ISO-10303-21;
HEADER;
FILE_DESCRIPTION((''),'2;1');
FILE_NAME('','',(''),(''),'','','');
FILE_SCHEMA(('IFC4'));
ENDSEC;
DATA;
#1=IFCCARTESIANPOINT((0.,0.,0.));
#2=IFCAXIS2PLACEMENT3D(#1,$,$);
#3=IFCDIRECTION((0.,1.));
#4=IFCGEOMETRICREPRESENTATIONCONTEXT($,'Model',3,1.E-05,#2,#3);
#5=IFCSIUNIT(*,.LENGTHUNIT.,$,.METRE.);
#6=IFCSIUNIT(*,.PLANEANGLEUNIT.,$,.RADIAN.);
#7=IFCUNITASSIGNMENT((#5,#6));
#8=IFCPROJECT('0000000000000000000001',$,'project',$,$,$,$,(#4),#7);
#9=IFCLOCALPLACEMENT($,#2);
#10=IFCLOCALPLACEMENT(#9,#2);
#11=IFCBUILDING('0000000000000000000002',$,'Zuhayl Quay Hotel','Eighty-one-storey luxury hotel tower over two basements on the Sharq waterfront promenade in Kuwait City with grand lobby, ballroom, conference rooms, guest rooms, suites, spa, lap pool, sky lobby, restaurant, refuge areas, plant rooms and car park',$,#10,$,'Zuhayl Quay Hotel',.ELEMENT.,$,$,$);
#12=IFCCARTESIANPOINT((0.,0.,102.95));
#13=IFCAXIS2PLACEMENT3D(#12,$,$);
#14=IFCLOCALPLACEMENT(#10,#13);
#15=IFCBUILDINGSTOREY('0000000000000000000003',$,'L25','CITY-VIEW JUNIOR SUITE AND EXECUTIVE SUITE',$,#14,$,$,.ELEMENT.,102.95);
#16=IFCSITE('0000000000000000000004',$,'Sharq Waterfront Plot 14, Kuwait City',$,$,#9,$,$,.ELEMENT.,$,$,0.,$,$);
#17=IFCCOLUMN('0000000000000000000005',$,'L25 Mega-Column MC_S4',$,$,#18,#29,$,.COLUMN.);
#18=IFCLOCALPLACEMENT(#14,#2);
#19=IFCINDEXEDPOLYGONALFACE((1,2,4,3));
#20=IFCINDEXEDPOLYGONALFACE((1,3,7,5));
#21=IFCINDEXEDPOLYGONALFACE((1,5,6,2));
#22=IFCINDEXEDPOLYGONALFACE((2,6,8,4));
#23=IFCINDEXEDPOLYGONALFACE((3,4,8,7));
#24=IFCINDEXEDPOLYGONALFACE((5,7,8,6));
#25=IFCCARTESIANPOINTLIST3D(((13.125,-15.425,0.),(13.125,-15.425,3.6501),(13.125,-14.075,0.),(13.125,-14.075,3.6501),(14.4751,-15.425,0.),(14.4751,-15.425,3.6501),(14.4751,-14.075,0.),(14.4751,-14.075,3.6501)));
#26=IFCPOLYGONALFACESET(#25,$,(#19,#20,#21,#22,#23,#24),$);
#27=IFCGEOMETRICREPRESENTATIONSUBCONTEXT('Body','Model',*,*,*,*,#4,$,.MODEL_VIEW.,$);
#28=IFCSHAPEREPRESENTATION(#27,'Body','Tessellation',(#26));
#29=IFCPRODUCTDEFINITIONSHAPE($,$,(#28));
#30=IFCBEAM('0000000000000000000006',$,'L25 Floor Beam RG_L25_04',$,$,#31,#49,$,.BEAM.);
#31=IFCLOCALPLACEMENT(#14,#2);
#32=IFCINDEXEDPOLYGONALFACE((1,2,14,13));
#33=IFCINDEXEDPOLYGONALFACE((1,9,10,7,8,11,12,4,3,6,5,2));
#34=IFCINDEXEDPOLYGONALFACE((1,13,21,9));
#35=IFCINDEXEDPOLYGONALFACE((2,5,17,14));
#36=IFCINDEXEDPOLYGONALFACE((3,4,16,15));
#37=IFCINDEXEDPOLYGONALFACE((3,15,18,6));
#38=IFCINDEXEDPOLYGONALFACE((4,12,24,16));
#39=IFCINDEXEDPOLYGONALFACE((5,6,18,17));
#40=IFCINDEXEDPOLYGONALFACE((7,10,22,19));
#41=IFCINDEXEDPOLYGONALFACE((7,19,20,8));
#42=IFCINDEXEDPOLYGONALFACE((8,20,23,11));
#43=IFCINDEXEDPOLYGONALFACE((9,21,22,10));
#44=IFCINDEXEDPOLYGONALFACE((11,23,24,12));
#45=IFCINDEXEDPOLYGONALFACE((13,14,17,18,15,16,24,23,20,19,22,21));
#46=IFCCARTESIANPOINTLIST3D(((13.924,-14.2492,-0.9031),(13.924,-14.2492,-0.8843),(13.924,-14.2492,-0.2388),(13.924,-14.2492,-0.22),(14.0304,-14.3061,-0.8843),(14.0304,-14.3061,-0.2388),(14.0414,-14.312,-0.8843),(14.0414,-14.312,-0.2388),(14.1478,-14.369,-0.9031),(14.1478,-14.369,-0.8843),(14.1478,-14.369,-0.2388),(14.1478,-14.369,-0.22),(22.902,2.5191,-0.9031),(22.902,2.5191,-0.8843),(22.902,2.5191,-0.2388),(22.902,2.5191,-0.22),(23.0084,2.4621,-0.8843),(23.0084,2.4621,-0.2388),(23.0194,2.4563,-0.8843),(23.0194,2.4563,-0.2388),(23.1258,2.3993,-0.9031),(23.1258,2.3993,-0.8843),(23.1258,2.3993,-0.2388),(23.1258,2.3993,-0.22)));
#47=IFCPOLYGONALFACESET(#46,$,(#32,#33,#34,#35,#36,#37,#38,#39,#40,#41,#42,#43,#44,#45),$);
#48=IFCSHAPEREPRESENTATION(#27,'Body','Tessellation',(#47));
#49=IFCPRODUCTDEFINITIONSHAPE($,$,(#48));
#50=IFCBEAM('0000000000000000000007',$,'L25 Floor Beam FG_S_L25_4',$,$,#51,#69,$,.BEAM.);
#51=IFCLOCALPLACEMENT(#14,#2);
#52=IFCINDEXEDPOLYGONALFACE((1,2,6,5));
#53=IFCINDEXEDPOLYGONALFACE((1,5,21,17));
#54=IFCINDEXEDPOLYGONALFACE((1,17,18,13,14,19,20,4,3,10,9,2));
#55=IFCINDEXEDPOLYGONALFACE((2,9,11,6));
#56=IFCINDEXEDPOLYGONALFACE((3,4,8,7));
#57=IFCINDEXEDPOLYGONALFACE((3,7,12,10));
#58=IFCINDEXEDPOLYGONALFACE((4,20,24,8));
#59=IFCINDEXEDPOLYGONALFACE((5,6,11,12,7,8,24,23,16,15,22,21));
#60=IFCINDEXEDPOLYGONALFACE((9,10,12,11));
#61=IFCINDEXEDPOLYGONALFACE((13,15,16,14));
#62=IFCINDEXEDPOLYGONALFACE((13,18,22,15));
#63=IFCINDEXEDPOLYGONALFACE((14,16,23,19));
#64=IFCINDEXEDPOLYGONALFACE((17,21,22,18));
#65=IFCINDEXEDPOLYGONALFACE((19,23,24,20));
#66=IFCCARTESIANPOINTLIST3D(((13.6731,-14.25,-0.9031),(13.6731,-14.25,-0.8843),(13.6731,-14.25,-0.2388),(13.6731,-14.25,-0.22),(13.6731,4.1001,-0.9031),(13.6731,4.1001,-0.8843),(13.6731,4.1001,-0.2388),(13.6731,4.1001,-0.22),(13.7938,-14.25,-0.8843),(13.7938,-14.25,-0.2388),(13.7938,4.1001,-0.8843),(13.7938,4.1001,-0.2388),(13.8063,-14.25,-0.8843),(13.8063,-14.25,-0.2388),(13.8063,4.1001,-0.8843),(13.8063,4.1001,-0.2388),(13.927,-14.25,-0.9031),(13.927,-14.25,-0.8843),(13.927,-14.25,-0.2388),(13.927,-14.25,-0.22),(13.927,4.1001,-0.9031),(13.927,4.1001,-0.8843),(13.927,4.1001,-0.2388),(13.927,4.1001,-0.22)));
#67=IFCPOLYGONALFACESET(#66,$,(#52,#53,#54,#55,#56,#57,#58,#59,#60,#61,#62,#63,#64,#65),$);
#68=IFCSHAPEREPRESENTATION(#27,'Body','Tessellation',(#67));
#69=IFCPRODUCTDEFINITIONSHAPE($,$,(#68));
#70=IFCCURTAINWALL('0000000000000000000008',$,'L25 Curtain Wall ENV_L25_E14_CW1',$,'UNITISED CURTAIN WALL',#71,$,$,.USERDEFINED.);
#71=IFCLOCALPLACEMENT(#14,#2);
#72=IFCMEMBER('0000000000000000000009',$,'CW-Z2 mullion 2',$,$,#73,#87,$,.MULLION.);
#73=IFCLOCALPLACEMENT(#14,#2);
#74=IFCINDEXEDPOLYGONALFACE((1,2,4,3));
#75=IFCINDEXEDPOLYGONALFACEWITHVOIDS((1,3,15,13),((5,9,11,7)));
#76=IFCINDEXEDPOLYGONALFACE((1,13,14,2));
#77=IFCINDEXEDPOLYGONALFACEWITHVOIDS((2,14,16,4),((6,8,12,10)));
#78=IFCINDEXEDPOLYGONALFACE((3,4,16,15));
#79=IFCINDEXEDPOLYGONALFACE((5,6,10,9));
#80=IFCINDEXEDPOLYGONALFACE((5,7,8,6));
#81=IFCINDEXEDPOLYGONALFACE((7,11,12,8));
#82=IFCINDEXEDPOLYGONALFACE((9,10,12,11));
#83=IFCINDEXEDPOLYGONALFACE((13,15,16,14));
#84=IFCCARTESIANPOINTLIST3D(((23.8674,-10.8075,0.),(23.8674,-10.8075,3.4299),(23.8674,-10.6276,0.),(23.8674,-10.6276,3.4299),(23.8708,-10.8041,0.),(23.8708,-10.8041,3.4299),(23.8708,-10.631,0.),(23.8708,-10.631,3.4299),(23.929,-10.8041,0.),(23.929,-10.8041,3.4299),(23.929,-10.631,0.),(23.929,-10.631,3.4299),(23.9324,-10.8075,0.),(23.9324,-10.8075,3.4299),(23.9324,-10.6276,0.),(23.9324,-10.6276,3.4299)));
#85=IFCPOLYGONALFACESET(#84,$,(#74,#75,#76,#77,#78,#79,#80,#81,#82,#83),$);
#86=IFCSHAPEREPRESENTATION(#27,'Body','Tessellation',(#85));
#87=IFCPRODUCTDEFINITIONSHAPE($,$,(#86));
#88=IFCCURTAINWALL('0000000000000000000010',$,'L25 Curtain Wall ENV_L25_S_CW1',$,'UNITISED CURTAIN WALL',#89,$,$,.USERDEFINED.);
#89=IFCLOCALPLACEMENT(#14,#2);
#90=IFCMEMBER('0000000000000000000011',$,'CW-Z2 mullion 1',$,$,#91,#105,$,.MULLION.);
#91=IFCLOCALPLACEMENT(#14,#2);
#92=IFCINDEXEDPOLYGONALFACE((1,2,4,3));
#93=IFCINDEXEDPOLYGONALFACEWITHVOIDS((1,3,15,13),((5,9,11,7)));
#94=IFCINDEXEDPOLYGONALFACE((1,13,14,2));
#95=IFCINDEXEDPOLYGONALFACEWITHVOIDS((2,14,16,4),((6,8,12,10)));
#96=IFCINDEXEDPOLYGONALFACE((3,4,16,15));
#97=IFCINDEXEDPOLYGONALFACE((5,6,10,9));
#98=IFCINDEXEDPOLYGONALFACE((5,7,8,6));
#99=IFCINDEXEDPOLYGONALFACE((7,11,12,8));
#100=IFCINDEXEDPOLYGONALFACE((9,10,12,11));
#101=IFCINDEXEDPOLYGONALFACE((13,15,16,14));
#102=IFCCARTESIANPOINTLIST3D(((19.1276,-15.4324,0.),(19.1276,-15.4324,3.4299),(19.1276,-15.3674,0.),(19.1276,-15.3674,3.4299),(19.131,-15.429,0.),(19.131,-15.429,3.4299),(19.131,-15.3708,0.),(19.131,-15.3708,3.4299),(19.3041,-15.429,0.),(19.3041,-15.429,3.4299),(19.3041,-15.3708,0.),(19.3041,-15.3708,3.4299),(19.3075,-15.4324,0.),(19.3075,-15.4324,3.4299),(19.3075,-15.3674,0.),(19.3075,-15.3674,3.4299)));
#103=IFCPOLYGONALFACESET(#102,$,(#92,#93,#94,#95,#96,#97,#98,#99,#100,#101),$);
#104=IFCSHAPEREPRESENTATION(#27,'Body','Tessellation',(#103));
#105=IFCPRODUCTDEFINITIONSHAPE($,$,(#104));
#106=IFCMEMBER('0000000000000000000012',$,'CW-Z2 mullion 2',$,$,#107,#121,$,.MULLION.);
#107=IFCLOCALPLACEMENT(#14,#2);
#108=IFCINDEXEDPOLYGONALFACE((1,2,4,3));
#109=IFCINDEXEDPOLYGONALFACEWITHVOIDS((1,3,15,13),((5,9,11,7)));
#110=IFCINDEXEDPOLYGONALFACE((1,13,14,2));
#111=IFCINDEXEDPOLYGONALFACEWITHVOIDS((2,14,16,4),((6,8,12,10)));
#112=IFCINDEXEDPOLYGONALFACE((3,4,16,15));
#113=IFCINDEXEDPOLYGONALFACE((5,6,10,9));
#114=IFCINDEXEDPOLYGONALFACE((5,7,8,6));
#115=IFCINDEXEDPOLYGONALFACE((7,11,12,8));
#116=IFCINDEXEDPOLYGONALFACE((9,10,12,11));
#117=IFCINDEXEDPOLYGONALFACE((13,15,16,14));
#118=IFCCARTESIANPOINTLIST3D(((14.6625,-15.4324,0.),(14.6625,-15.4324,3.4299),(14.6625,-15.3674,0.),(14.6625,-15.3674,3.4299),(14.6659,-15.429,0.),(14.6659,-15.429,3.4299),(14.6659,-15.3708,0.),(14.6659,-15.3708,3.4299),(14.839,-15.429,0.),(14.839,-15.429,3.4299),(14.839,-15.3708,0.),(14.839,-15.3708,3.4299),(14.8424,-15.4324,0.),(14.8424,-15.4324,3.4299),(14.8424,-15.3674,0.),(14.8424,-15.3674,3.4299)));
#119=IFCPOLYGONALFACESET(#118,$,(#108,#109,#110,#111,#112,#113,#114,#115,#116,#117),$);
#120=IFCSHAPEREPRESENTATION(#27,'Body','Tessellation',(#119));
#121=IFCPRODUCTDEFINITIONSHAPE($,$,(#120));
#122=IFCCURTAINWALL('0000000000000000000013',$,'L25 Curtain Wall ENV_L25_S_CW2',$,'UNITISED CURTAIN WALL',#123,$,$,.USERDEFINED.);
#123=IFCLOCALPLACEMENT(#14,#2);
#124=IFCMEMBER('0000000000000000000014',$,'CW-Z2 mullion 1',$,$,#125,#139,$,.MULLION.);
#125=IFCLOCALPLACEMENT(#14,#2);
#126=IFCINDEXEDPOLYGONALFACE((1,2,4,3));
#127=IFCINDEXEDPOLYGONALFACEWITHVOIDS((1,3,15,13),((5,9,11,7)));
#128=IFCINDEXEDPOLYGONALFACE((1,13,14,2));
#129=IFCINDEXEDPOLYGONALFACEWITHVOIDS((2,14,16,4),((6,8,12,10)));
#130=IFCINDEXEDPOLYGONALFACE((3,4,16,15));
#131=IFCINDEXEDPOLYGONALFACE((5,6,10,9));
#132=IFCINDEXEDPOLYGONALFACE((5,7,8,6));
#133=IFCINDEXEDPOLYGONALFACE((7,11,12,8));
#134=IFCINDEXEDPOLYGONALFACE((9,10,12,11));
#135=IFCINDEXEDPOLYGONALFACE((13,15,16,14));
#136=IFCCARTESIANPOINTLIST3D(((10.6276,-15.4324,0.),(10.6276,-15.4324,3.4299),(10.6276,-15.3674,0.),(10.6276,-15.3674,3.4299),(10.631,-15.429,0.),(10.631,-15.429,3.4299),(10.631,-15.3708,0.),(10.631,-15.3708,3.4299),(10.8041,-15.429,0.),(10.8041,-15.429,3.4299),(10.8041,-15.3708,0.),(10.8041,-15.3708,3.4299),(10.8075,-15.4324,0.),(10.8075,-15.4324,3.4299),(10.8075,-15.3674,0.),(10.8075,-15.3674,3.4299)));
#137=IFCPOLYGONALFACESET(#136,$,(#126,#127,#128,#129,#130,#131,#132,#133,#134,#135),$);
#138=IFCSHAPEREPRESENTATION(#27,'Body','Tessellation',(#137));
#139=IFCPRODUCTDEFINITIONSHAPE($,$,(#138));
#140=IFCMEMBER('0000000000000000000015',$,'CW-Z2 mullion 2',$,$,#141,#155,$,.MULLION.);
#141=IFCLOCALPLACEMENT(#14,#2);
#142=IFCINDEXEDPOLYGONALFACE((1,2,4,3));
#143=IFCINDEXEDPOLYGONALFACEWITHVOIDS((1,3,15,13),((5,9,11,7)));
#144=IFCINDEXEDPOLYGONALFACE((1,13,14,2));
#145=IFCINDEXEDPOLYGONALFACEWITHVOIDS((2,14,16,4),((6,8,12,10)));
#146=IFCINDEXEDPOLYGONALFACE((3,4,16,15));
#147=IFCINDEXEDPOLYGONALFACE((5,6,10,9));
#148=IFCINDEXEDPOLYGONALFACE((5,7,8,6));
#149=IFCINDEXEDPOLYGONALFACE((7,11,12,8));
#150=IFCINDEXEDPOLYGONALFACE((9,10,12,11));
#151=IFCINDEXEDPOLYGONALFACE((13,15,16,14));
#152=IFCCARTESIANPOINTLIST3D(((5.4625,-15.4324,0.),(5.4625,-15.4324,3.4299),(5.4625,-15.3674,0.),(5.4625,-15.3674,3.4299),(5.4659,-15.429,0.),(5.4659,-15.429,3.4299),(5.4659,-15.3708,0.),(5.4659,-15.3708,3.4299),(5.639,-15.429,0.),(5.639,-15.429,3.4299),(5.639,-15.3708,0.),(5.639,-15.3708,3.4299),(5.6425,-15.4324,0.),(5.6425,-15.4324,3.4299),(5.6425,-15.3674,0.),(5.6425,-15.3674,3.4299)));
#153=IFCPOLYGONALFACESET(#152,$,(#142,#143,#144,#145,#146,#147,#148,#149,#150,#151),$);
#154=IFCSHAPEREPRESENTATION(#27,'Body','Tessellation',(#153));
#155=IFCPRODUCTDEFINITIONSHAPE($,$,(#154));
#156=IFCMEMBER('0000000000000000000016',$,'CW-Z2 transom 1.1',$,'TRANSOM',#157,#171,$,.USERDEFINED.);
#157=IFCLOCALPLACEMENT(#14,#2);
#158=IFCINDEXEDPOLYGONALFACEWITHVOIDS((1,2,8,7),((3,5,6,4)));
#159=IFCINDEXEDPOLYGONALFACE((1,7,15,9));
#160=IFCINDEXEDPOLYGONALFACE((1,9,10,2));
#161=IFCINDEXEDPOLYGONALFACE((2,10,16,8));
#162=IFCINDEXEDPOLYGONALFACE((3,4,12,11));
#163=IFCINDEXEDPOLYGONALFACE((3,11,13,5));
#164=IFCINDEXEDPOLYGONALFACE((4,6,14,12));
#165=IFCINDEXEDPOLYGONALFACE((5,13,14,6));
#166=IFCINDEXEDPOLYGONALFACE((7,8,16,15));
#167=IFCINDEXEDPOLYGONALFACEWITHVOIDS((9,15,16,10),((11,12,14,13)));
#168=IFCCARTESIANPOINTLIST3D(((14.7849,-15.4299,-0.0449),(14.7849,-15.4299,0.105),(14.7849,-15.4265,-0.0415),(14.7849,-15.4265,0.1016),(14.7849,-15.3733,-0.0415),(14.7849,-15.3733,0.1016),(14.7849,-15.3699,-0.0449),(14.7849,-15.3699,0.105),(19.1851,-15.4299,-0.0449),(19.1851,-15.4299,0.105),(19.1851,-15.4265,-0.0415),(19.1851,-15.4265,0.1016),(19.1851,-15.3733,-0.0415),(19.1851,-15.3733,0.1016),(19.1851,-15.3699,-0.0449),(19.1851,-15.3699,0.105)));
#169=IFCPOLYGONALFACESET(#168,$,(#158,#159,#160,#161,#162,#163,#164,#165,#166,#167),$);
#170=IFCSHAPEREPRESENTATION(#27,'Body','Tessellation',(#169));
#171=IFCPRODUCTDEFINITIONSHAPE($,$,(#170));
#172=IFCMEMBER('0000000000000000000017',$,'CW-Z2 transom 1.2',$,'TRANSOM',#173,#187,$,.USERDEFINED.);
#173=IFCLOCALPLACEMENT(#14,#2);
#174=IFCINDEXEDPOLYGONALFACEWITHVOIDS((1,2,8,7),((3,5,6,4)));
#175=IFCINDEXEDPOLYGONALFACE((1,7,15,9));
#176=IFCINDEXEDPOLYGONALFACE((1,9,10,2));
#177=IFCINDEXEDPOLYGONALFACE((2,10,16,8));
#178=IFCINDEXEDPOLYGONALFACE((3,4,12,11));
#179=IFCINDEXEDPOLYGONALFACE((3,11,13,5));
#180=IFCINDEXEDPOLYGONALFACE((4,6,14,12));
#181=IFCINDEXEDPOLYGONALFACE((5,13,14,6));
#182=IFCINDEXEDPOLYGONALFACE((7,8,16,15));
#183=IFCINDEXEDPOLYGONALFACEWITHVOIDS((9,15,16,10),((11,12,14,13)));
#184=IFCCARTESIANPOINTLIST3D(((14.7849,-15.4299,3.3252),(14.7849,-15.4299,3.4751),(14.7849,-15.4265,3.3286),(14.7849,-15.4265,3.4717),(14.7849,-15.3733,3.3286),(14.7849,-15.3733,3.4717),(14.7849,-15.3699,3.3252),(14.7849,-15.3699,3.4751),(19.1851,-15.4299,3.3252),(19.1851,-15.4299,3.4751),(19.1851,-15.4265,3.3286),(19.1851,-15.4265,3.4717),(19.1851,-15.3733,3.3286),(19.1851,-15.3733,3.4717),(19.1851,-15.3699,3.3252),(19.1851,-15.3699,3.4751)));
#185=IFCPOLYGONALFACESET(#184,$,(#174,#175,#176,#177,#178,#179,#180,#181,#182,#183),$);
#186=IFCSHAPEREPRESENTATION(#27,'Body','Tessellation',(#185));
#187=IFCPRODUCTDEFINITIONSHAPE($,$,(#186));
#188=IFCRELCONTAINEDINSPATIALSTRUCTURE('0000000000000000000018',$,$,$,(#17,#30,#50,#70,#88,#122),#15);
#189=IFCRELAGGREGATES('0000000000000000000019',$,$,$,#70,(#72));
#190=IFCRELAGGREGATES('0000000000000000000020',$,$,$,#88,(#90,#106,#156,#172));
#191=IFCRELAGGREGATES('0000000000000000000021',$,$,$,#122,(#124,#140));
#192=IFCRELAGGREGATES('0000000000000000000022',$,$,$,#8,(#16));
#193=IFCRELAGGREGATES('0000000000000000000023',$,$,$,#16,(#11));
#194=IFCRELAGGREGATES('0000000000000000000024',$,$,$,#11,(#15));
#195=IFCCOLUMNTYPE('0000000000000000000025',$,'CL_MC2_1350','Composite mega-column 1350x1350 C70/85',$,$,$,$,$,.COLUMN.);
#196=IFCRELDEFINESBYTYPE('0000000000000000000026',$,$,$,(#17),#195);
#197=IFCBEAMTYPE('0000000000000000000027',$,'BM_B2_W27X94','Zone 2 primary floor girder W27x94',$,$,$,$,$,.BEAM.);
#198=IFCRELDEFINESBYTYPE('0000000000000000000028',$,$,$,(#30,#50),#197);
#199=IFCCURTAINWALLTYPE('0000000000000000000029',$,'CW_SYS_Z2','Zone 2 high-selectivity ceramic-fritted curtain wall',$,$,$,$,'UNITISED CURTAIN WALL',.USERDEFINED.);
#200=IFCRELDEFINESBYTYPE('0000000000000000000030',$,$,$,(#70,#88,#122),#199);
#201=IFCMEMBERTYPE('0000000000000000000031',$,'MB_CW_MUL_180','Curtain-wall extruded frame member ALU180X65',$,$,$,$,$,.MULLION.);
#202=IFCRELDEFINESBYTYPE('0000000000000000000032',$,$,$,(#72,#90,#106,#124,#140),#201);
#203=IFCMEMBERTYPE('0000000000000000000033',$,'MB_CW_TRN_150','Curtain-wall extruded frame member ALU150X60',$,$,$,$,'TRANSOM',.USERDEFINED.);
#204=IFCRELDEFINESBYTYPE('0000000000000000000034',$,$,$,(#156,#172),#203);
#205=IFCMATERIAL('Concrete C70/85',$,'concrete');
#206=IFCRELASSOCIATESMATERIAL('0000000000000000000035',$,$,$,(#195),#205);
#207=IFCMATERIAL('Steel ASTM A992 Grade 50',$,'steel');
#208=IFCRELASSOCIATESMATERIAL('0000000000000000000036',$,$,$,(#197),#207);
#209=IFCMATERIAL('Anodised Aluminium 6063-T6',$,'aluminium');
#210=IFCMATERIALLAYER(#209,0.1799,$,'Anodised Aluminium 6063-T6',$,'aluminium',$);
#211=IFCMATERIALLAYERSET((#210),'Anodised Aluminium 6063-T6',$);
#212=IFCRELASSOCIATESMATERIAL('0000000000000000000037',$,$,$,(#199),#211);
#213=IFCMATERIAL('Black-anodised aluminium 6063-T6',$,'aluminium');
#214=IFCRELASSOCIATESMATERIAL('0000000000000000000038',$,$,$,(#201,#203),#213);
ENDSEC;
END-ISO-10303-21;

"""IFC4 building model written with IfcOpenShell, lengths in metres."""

from ifc_helpers import new_model, si_unit, direction, frame, origin, origin_2d, place, context, subcontext, project, spatial, rectangle, hollow_rectangle, i_section, extrude, material, layer, layer_set, material_profile, profile_set, type_object, element, aggregate, save


model = new_model("IFC4")

# Units and contexts
model_context = context("Model", 3, precision=1e-05, world=origin(), true_north=direction((0.0, 1.0)))
body_context = subcontext(model_context, "Body", "Model", "MODEL_VIEW")
ifc_project = project(units=[si_unit("LENGTHUNIT", "METRE"), si_unit("PLANEANGLEUNIT", "RADIAN")], contexts=[model_context])

# Site, building, storey
site_placement = place(None, origin())
site = spatial("IfcSite", under=ifc_project, at=site_placement, Name="Sharq Waterfront Plot 14, Kuwait City", CompositionType="ELEMENT", RefElevation=0.0)
building_placement = place(site_placement, origin())
building = spatial("IfcBuilding", under=site, at=building_placement, Name="Zuhayl Quay Hotel", Description="Eighty-one-storey luxury hotel tower over two basements on the Sharq waterfront promenade in Kuwait City with grand lobby, ballroom, conference rooms, guest rooms, suites, spa, lap pool, sky lobby, restaurant, refuge areas, plant rooms and car park", LongName="Zuhayl Quay Hotel", CompositionType="ELEMENT")
storey_placement = place(building_placement, frame((0.0, 0.0, 102.95)))
storey = spatial("IfcBuildingStorey", under=building, at=storey_placement, Name="L25", Description="CITY-VIEW JUNIOR SUITE AND EXECUTIVE SUITE", CompositionType="ELEMENT", Elevation=102.95)

# Column
ifc_material_1 = material(Name="Concrete C70/85", Category="concrete")
ifc_material_profile_1 = material_profile(ifc_material_1, rectangle(XDim=1.3501, YDim=1.3501, at=origin_2d()), Name="RC1350X1350")
ifc_profile_set_1 = profile_set([ifc_material_profile_1], Name="Concrete C70/85")
column_type = type_object("IfcColumnType", Name="CL_MC2_1350", Description="Composite mega-column 1350x1350 C70/85", PredefinedType="COLUMN", material=ifc_profile_set_1)
column_placement = place(storey_placement, frame((13.8, -14.75, 0.0), z_axis=(0.0, 0.0, 1.0), x_axis=(1.0, 0.0, 0.0)))
element("IfcColumn", 1, at=column_placement, inside=storey, type_object=column_type, Name="L25 Mega-Column MC_S4", PredefinedType="COLUMN", context=body_context, shape_type="SweptSolid", body=[
    extrude(rectangle(XDim=1.3501, YDim=1.3501, at=origin_2d()), origin(), (0.0, 0.0, 1.0), 3.6501),
])

# Beams
ifc_material_2 = material(Name="Steel ASTM A992 Grade 50", Category="steel")
ifc_material_profile_2 = material_profile(ifc_material_2, i_section(OverallWidth=0.2539, OverallDepth=0.6831, WebThickness=0.0125, FlangeThickness=0.0188, at=origin_2d()), Name="W27X94")
ifc_profile_set_2 = profile_set([ifc_material_profile_2], Name="Steel ASTM A992 Grade 50")
beam_type = type_object("IfcBeamType", Name="BM_B2_W27X94", Description="Zone 2 primary floor girder W27x94", PredefinedType="BEAM", material=ifc_profile_set_2)
beam_1_placement = place(storey_placement, frame((14.0359, -14.3091, -0.5615), z_axis=(0.472017, 0.881589, 0.0), x_axis=(-0.881589, 0.472017, 0.0)))
element("IfcBeam", 2, at=beam_1_placement, inside=storey, type_object=beam_type, Name="L25 Floor Beam RG_L25_04", PredefinedType="BEAM", context=body_context, shape_type="SweptSolid", body=[
    extrude(i_section(OverallWidth=0.2539, OverallDepth=0.6831, WebThickness=0.0125, FlangeThickness=0.0188, at=origin_2d()), origin(), (0.0, 0.0, 1.0), 19.0205),
])
beam_2_placement = place(storey_placement, frame((13.8, -14.25, -0.5615), z_axis=(0.0, 1.0, 0.0), x_axis=(-1.0, 0.0, 0.0)))
element("IfcBeam", 3, at=beam_2_placement, inside=storey, type_object=beam_type, Name="L25 Floor Beam FG_S_L25_4", PredefinedType="BEAM", context=body_context, shape_type="SweptSolid", body=[
    extrude(i_section(OverallWidth=0.2539, OverallDepth=0.6831, WebThickness=0.0125, FlangeThickness=0.0188, at=origin_2d()), origin(), (0.0, 0.0, 1.0), 18.3501),
])

# Curtain wall, member
ifc_material_3 = material(Name="Anodised Aluminium 6063-T6", Category="aluminium")
ifc_layer_1 = layer(ifc_material_3, 0.1799, Name="Anodised Aluminium 6063-T6", Category="aluminium")
ifc_layer_set_1 = layer_set([ifc_layer_1], Name="Anodised Aluminium 6063-T6")
curtain_wall_type = type_object("IfcCurtainWallType", Name="CW_SYS_Z2", Description="Zone 2 high-selectivity ceramic-fritted curtain wall", ElementType="UNITISED CURTAIN WALL", PredefinedType="USERDEFINED", material=ifc_layer_set_1)
curtain_wall_1_placement = place(storey_placement, origin())
curtain_wall_1 = element("IfcCurtainWall", 4, at=curtain_wall_1_placement, inside=storey, type_object=curtain_wall_type, Name="L25 Curtain Wall ENV_L25_E14_CW1", ObjectType="UNITISED CURTAIN WALL", PredefinedType="USERDEFINED")
ifc_material_4 = material(Name="Black-anodised aluminium 6063-T6", Category="aluminium")
ifc_material_profile_3 = material_profile(ifc_material_4, hollow_rectangle(XDim=0.0649, YDim=0.1799, WallThickness=0.0034, at=origin_2d()), Name="ALU180X65")
ifc_profile_set_3 = profile_set([ifc_material_profile_3], Name="Black-anodised aluminium 6063-T6")
member_type_1 = type_object("IfcMemberType", Name="MB_CW_MUL_180", Description="Curtain-wall extruded frame member ALU180X65", PredefinedType="MULLION", material=ifc_profile_set_3)
member_1_placement = place(storey_placement, frame((23.8999, -10.7175, 0.0), z_axis=(0.0, 0.0, 1.0), x_axis=(1.0, 0.0, 0.0)))
member_1 = element("IfcMember", 5, at=member_1_placement, type_object=member_type_1, Name="CW-Z2 mullion 2", PredefinedType="MULLION", context=body_context, shape_type="SweptSolid", body=[
    extrude(hollow_rectangle(XDim=0.0649, YDim=0.1799, WallThickness=0.0034, at=origin_2d()), origin(), (0.0, 0.0, 1.0), 3.4299),
])

# Curtain walls, members
curtain_wall_2_placement = place(storey_placement, origin())
curtain_wall_2 = element("IfcCurtainWall", 6, at=curtain_wall_2_placement, inside=storey, type_object=curtain_wall_type, Name="L25 Curtain Wall ENV_L25_S_CW1", ObjectType="UNITISED CURTAIN WALL", PredefinedType="USERDEFINED")
member_2_placement = place(storey_placement, frame((19.2175, -15.3999, 0.0), z_axis=(0.0, 0.0, 1.0), x_axis=(0.0, -1.0, 0.0)))
member_2 = element("IfcMember", 7, at=member_2_placement, type_object=member_type_1, Name="CW-Z2 mullion 1", PredefinedType="MULLION", context=body_context, shape_type="SweptSolid", body=[
    extrude(hollow_rectangle(XDim=0.0649, YDim=0.1799, WallThickness=0.0034, at=origin_2d()), origin(), (0.0, 0.0, 1.0), 3.4299),
])
member_3_placement = place(storey_placement, frame((14.7524, -15.3999, 0.0), z_axis=(0.0, 0.0, 1.0), x_axis=(0.0, -1.0, 0.0)))
member_3 = element("IfcMember", 8, at=member_3_placement, type_object=member_type_1, Name="CW-Z2 mullion 2", PredefinedType="MULLION", context=body_context, shape_type="SweptSolid", body=[
    extrude(hollow_rectangle(XDim=0.0649, YDim=0.1799, WallThickness=0.0034, at=origin_2d()), origin(), (0.0, 0.0, 1.0), 3.4299),
])
curtain_wall_3_placement = place(storey_placement, origin())
curtain_wall_3 = element("IfcCurtainWall", 9, at=curtain_wall_3_placement, inside=storey, type_object=curtain_wall_type, Name="L25 Curtain Wall ENV_L25_S_CW2", ObjectType="UNITISED CURTAIN WALL", PredefinedType="USERDEFINED")
member_4_placement = place(storey_placement, frame((10.7175, -15.3999, 0.0), z_axis=(0.0, 0.0, 1.0), x_axis=(0.0, -1.0, 0.0)))
member_4 = element("IfcMember", 10, at=member_4_placement, type_object=member_type_1, Name="CW-Z2 mullion 1", PredefinedType="MULLION", context=body_context, shape_type="SweptSolid", body=[
    extrude(hollow_rectangle(XDim=0.0649, YDim=0.1799, WallThickness=0.0034, at=origin_2d()), origin(), (0.0, 0.0, 1.0), 3.4299),
])
member_5_placement = place(storey_placement, frame((5.5525, -15.3999, 0.0), z_axis=(0.0, 0.0, 1.0), x_axis=(0.0, -1.0, 0.0)))
member_5 = element("IfcMember", 11, at=member_5_placement, type_object=member_type_1, Name="CW-Z2 mullion 2", PredefinedType="MULLION", context=body_context, shape_type="SweptSolid", body=[
    extrude(hollow_rectangle(XDim=0.0649, YDim=0.1799, WallThickness=0.0034, at=origin_2d()), origin(), (0.0, 0.0, 1.0), 3.4299),
])

# Members
ifc_material_profile_4 = material_profile(ifc_material_4, hollow_rectangle(XDim=0.0601, YDim=0.1499, WallThickness=0.0034, at=origin_2d()), Name="ALU150X60")
ifc_profile_set_4 = profile_set([ifc_material_profile_4], Name="Black-anodised aluminium 6063-T6")
member_type_2 = type_object("IfcMemberType", Name="MB_CW_TRN_150", Description="Curtain-wall extruded frame member ALU150X60", ElementType="TRANSOM", PredefinedType="USERDEFINED", material=ifc_profile_set_4)
member_6_placement = place(storey_placement, frame((19.1851, -15.3999, 0.03), z_axis=(-1.0, 0.0, 0.0), x_axis=(0.0, -1.0, 0.0)))
member_6 = element("IfcMember", 12, at=member_6_placement, type_object=member_type_2, Name="CW-Z2 transom 1.1", ObjectType="TRANSOM", PredefinedType="USERDEFINED", context=body_context, shape_type="SweptSolid", body=[
    extrude(hollow_rectangle(XDim=0.0601, YDim=0.1499, WallThickness=0.0034, at=origin_2d()), origin(), (0.0, 0.0, 1.0), 4.4001),
])
member_7_placement = place(storey_placement, frame((19.1851, -15.3999, 3.4001), z_axis=(-1.0, 0.0, 0.0), x_axis=(0.0, -1.0, 0.0)))
member_7 = element("IfcMember", 13, at=member_7_placement, type_object=member_type_2, Name="CW-Z2 transom 1.2", ObjectType="TRANSOM", PredefinedType="USERDEFINED", context=body_context, shape_type="SweptSolid", body=[
    extrude(hollow_rectangle(XDim=0.0601, YDim=0.1499, WallThickness=0.0034, at=origin_2d()), origin(), (0.0, 0.0, 1.0), 4.4001),
])

aggregate(curtain_wall_1, [member_1])
aggregate(curtain_wall_2, [member_2, member_3, member_6, member_7])
aggregate(curtain_wall_3, [member_4, member_5])

save(model, "model.ifc")
